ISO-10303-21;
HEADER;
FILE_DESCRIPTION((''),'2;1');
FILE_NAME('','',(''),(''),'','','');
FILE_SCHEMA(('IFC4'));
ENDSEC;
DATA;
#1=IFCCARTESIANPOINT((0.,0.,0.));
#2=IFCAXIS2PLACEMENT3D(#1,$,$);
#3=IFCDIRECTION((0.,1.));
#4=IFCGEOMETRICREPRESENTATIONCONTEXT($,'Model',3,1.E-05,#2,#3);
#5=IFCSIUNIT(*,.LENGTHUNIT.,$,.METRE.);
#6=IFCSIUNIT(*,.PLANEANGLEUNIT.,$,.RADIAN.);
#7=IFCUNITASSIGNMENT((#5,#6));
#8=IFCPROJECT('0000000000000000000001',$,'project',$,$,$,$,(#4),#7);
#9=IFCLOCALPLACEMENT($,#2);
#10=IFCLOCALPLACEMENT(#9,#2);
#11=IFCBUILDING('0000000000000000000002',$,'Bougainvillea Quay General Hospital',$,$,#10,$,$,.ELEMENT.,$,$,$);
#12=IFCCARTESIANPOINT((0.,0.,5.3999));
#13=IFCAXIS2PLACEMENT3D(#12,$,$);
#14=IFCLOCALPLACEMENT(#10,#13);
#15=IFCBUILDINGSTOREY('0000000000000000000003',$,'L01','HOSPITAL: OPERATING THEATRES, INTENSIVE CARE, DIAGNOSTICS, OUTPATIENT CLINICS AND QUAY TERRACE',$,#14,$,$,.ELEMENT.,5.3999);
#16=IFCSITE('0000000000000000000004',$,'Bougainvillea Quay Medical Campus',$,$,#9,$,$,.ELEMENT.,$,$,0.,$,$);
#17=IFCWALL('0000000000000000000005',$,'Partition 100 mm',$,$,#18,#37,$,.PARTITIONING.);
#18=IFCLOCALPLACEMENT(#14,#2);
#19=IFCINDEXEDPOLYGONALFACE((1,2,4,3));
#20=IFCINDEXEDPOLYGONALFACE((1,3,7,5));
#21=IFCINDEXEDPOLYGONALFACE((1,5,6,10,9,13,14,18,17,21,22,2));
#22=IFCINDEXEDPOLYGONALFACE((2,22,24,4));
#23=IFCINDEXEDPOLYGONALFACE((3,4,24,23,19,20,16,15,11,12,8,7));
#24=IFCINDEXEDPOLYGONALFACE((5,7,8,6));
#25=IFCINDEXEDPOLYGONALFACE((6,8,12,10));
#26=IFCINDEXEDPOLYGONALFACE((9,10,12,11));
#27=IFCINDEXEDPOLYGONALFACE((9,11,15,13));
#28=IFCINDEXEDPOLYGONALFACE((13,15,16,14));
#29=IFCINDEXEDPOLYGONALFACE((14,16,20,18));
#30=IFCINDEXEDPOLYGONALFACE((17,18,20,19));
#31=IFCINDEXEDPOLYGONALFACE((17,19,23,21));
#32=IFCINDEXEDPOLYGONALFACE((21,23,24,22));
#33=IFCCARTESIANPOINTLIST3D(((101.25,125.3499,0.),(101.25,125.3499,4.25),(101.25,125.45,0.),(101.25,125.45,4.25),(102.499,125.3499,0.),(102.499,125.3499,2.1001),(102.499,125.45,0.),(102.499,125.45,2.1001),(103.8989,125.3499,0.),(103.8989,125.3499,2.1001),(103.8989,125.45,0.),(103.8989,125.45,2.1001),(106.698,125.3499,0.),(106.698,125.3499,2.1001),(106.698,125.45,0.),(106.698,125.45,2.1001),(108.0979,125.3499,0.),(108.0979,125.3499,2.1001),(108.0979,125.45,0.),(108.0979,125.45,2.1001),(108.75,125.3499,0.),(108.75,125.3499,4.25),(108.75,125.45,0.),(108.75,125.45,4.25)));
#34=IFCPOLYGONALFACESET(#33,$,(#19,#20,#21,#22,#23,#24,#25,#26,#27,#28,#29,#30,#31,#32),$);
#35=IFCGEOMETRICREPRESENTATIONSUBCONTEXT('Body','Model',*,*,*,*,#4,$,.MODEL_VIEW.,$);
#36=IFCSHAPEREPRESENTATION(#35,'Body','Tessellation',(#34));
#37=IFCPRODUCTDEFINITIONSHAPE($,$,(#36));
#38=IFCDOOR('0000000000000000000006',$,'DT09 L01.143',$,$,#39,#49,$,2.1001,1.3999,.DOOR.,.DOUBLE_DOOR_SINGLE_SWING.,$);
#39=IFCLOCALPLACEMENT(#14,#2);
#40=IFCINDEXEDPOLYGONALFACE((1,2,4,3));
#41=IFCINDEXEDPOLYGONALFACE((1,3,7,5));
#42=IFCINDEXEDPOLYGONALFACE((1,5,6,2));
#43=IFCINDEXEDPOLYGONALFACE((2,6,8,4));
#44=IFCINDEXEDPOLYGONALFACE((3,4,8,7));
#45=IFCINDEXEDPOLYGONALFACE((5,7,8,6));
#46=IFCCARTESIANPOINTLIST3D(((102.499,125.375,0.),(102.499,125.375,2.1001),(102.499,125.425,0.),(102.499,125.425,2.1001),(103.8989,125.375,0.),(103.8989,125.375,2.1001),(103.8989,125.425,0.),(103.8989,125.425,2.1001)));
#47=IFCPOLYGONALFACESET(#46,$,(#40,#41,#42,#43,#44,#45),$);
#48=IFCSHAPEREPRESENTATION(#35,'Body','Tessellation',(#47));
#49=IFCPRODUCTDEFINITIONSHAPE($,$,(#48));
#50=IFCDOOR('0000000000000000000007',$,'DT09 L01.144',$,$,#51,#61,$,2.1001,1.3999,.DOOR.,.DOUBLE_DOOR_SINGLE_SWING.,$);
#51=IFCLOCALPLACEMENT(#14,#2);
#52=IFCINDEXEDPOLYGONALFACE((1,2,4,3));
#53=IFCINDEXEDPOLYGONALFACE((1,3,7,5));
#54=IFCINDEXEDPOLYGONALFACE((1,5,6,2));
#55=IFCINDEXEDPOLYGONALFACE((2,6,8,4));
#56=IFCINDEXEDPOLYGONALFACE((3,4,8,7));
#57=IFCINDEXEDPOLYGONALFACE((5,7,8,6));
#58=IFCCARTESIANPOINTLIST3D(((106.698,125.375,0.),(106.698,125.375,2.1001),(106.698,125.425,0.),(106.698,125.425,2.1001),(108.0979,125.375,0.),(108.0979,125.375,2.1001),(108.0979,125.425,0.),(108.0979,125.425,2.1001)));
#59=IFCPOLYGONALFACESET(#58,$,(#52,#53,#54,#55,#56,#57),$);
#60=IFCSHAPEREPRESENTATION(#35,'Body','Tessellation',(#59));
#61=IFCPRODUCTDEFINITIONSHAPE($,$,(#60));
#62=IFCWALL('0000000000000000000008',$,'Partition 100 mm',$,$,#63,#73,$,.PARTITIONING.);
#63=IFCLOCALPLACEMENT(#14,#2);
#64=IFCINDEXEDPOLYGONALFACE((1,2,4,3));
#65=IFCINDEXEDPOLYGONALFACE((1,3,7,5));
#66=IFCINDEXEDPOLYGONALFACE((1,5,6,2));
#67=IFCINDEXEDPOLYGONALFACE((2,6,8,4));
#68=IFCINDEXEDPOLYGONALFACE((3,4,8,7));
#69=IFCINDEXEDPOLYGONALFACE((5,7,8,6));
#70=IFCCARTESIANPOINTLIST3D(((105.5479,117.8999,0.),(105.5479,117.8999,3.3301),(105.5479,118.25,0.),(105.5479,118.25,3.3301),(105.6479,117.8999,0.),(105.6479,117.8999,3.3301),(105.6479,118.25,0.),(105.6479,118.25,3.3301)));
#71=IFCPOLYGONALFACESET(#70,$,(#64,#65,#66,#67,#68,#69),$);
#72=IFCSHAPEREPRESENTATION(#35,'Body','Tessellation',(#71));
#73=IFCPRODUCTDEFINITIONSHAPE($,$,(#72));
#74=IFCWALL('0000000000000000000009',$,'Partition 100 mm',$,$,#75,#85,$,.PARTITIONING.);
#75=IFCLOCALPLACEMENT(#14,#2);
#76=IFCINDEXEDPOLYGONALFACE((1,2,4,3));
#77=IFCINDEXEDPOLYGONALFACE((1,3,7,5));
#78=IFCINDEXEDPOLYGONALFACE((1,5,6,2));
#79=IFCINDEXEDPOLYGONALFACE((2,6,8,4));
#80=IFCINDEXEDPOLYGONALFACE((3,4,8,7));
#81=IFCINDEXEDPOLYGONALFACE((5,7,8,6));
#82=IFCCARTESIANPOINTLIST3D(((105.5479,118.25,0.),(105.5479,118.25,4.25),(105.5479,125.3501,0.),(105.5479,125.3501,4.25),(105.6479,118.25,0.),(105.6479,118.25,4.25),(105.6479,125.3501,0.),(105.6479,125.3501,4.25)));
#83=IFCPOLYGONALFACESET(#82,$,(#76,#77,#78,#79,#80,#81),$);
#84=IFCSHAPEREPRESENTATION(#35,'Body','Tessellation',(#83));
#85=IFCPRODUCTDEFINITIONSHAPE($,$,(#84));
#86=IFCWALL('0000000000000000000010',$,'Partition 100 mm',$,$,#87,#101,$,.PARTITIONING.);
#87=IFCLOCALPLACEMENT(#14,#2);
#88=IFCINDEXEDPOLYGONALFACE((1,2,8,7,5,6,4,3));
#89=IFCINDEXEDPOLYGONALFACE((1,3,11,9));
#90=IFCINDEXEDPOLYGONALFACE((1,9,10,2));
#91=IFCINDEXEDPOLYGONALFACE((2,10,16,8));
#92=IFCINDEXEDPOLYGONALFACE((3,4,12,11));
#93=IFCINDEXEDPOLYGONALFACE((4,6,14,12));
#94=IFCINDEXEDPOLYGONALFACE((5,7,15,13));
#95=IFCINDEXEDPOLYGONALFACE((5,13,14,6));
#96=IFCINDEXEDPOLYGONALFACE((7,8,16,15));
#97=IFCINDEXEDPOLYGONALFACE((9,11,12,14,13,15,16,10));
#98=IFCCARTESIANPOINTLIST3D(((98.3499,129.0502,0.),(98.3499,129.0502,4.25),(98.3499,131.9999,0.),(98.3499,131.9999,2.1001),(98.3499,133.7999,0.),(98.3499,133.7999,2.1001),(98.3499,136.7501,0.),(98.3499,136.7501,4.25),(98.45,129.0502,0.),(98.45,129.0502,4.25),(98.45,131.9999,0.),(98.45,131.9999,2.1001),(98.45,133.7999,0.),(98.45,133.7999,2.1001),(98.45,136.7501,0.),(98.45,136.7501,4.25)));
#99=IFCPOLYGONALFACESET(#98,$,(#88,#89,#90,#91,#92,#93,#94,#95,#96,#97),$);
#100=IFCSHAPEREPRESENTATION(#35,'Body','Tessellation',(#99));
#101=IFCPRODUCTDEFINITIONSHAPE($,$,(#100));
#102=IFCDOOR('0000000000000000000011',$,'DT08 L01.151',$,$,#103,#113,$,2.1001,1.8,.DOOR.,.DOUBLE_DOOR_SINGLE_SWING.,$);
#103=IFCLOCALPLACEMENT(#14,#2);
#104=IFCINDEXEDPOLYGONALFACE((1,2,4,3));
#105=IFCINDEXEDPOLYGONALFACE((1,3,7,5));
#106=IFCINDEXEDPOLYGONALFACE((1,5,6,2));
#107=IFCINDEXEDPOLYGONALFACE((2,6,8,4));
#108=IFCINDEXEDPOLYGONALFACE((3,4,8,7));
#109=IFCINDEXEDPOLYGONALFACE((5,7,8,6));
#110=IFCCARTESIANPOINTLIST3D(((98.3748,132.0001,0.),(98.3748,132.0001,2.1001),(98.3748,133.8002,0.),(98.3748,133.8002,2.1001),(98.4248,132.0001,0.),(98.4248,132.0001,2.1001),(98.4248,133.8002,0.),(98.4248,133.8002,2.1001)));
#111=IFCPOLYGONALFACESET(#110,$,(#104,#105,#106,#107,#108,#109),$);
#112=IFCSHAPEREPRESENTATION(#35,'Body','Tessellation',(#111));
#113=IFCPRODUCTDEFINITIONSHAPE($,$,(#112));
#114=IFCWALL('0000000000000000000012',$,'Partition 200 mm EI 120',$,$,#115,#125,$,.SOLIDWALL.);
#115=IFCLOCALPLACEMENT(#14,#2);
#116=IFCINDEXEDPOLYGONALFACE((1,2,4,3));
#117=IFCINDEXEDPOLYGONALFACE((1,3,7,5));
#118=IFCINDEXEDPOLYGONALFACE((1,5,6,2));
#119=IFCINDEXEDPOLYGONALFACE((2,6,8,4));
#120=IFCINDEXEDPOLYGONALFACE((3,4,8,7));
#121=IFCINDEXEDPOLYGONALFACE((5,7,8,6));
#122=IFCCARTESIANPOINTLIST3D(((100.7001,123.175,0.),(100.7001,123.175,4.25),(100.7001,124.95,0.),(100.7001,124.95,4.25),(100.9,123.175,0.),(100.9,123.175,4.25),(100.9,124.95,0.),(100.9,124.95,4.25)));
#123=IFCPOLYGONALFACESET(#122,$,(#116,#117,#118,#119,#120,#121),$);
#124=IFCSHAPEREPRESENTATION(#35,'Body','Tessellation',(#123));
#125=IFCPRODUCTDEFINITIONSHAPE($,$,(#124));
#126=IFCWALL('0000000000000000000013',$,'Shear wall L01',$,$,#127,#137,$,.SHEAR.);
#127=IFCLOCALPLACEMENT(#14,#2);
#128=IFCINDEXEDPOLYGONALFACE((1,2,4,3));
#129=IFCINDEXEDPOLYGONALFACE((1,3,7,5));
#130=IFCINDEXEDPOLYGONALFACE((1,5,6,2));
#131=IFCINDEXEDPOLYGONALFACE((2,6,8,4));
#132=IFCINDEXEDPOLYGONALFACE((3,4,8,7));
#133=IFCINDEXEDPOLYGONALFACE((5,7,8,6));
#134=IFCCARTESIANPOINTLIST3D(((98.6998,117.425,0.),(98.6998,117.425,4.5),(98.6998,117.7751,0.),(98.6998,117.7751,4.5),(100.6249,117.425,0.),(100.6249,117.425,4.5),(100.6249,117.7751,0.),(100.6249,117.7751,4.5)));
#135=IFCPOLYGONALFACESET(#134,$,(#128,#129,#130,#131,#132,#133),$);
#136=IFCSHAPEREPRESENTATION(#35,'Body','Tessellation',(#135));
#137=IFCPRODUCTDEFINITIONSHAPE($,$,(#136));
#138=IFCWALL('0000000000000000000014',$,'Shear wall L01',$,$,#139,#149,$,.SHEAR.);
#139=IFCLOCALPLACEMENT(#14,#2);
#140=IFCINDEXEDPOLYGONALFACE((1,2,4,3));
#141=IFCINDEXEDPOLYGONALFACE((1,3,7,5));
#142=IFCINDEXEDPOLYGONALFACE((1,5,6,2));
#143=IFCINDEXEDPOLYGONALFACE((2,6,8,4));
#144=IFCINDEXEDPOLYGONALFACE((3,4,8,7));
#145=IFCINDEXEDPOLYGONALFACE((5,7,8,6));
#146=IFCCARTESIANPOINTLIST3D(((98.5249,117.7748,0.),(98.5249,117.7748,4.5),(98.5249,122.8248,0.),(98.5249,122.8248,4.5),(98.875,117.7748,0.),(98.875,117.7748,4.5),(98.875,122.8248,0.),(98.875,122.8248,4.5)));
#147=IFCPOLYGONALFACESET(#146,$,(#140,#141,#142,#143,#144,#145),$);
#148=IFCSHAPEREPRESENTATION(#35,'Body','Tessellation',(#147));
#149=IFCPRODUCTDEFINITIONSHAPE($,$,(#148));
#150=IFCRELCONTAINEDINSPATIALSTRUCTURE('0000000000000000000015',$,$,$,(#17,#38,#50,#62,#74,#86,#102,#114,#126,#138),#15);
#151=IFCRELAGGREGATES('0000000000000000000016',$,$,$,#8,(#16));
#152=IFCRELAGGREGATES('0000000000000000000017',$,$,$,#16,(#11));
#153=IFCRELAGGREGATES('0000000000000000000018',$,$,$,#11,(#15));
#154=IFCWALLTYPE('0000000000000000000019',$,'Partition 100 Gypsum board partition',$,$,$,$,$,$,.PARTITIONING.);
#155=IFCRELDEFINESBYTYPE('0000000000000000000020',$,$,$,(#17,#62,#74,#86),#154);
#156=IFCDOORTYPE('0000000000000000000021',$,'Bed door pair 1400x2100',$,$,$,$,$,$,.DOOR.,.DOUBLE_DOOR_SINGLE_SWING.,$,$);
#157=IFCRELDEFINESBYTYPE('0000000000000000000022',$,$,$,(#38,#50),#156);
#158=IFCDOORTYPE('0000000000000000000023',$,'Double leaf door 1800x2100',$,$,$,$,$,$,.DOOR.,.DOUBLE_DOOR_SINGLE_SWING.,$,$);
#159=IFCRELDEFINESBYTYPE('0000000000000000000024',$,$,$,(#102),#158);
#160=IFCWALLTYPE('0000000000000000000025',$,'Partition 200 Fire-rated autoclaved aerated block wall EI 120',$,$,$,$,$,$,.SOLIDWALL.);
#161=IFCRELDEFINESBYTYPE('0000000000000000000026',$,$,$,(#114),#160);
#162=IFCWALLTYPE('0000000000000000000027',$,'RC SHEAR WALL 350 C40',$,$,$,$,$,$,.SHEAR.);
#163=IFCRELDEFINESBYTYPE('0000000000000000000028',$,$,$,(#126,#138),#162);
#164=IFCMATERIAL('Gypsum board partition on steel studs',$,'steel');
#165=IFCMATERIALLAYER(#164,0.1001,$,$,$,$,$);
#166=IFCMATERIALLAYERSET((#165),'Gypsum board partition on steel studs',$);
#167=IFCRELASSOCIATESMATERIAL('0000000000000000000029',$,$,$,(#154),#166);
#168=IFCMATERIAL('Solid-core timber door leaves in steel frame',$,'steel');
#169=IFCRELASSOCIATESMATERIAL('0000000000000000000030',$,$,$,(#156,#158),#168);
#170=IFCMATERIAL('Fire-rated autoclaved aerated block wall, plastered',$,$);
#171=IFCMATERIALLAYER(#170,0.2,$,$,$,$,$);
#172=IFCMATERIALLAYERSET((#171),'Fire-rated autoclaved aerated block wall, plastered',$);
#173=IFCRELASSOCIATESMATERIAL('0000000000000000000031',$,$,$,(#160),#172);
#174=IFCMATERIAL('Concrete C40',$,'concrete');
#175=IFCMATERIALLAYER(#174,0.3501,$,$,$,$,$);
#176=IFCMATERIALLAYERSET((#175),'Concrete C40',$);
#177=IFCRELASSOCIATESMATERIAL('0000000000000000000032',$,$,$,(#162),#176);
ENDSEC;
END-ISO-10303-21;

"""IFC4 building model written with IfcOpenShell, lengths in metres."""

from ifc_helpers import new_model, si_unit, direction, frame, frame_2d, origin, place, context, subcontext, project, spatial, rectangle, extrude, material, layer, layer_set, type_object, element, fill, save


model = new_model("IFC4")

# Units and contexts
model_context = context("Model", 3, precision=1e-05, world=origin(), true_north=direction((0.0, 1.0)))
body_context = subcontext(model_context, "Body", "Model", "MODEL_VIEW")
ifc_project = project(units=[si_unit("LENGTHUNIT", "METRE"), si_unit("PLANEANGLEUNIT", "RADIAN")], contexts=[model_context])

# Site, building, storey
site_placement = place(None, origin())
site = spatial("IfcSite", under=ifc_project, at=site_placement, Name="Bougainvillea Quay Medical Campus", CompositionType="ELEMENT", RefElevation=0.0)
building_placement = place(site_placement, origin())
building = spatial("IfcBuilding", under=site, at=building_placement, Name="Bougainvillea Quay General Hospital", CompositionType="ELEMENT")
storey_placement = place(building_placement, frame((0.0, 0.0, 5.3999)))
storey = spatial("IfcBuildingStorey", under=building, at=storey_placement, Name="L01", Description="HOSPITAL: OPERATING THEATRES, INTENSIVE CARE, DIAGNOSTICS, OUTPATIENT CLINICS AND QUAY TERRACE", CompositionType="ELEMENT", Elevation=5.3999)

# Shared definitions
ifc_material_1 = material(Name="Concrete C40", Category="concrete")

# Shared definitions
ifc_material_2 = material(Name="Gypsum board partition on steel studs", Category="steel")
ifc_layer_1 = layer(ifc_material_2, 0.1001)
ifc_layer_set_1 = layer_set([ifc_layer_1], Name="Gypsum board partition on steel studs")
wall_type_1 = type_object("IfcWallType", Name="Partition 100 Gypsum board partition", PredefinedType="PARTITIONING", material=ifc_layer_set_1)

# Wall, openings, doors
wall_1_placement = place(storey_placement, frame((101.25, 125.3999, 0.0), z_axis=(0.0, 0.0, 1.0), x_axis=(1.0, 0.0, 0.0)))
wall_1 = element("IfcWall", 1, at=wall_1_placement, inside=storey, type_object=wall_type_1, Name="Partition 100 mm", PredefinedType="PARTITIONING", context=body_context, shape_type="SweptSolid", body=[
    extrude(rectangle(XDim=7.5, YDim=0.1001, at=frame_2d((3.75, 0.0))), origin(), (0.0, 0.0, 1.0), 4.25),
])
opening_1_placement = place(wall_1_placement, frame((1.249, 0.0, 0.0)))
opening_1 = element("IfcOpeningElement", 2, at=opening_1_placement, cuts=wall_1, PredefinedType="OPENING", context=body_context, shape_type="SweptSolid", body=[
    extrude(rectangle(XDim=1.3999, YDim=2.1001, at=frame_2d((0.7, 1.05))), frame((0.0, 0.0601, 0.0), z_axis=(0.0, -1.0, 0.0), x_axis=(1.0, 0.0, 0.0)), (0.0, 0.0, 1.0), 0.1201),
])
opening_2_placement = place(wall_1_placement, frame((5.448, 0.0, 0.0)))
opening_2 = element("IfcOpeningElement", 3, at=opening_2_placement, cuts=wall_1, PredefinedType="OPENING", context=body_context, shape_type="SweptSolid", body=[
    extrude(rectangle(XDim=1.3999, YDim=2.1001, at=frame_2d((0.7, 1.05))), frame((0.0, 0.0601, 0.0), z_axis=(0.0, -1.0, 0.0), x_axis=(1.0, 0.0, 0.0)), (0.0, 0.0, 1.0), 0.1201),
])
ifc_material_3 = material(Name="Solid-core timber door leaves in steel frame", Category="steel")
door_type_1 = type_object("IfcDoorType", Name="Bed door pair 1400x2100", OperationType="DOUBLE_DOOR_SINGLE_SWING", PredefinedType="DOOR", material=ifc_material_3)
door_1_placement = place(opening_1_placement, frame((1.3999, 0.0, 0.0), z_axis=(0.0, 0.0, 1.0), x_axis=(-1.0, 0.0, 0.0)))
door_1 = element("IfcDoor", 4, at=door_1_placement, inside=storey, type_object=door_type_1, Name="DT09 L01.143", OperationType="DOUBLE_DOOR_SINGLE_SWING", OverallHeight=2.1001, OverallWidth=1.3999, PredefinedType="DOOR", context=body_context, shape_type="SweptSolid", body=[
    extrude(rectangle(XDim=1.3999, YDim=2.1001, at=frame_2d((0.7, 1.05))), frame((0.0, 0.0249, 0.0), z_axis=(0.0, -1.0, 0.0), x_axis=(1.0, 0.0, 0.0)), (0.0, 0.0, 1.0), 0.05),
])
fill(opening_1, door_1)
door_2_placement = place(opening_2_placement, frame((1.3999, 0.0, 0.0), z_axis=(0.0, 0.0, 1.0), x_axis=(-1.0, 0.0, 0.0)))
door_2 = element("IfcDoor", 5, at=door_2_placement, inside=storey, type_object=door_type_1, Name="DT09 L01.144", OperationType="DOUBLE_DOOR_SINGLE_SWING", OverallHeight=2.1001, OverallWidth=1.3999, PredefinedType="DOOR", context=body_context, shape_type="SweptSolid", body=[
    extrude(rectangle(XDim=1.3999, YDim=2.1001, at=frame_2d((0.7, 1.05))), frame((0.0, 0.0249, 0.0), z_axis=(0.0, -1.0, 0.0), x_axis=(1.0, 0.0, 0.0)), (0.0, 0.0, 1.0), 0.05),
])
fill(opening_2, door_2)

# Walls
wall_2_placement = place(storey_placement, frame((105.5979, 117.8999, 0.0), z_axis=(0.0, 0.0, 1.0), x_axis=(0.0, 1.0, 0.0)))
element("IfcWall", 6, at=wall_2_placement, inside=storey, type_object=wall_type_1, Name="Partition 100 mm", PredefinedType="PARTITIONING", context=body_context, shape_type="SweptSolid", body=[
    extrude(rectangle(XDim=0.3501, YDim=0.1001, at=frame_2d((0.175, 0.0))), origin(), (0.0, 0.0, 1.0), 3.3301),
])
wall_3_placement = place(storey_placement, frame((105.5979, 118.25, 0.0), z_axis=(0.0, 0.0, 1.0), x_axis=(0.0, 1.0, 0.0)))
element("IfcWall", 7, at=wall_3_placement, inside=storey, type_object=wall_type_1, Name="Partition 100 mm", PredefinedType="PARTITIONING", context=body_context, shape_type="SweptSolid", body=[
    extrude(rectangle(XDim=7.1001, YDim=0.1001, at=frame_2d((3.55, 0.0))), origin(), (0.0, 0.0, 1.0), 4.25),
])

# Wall, opening, door
wall_4_placement = place(storey_placement, frame((98.3999, 129.05, 0.0), z_axis=(0.0, 0.0, 1.0), x_axis=(0.0, 1.0, 0.0)))
wall_4 = element("IfcWall", 8, at=wall_4_placement, inside=storey, type_object=wall_type_1, Name="Partition 100 mm", PredefinedType="PARTITIONING", context=body_context, shape_type="SweptSolid", body=[
    extrude(rectangle(XDim=7.7, YDim=0.1001, at=frame_2d((3.8501, 0.0))), origin(), (0.0, 0.0, 1.0), 4.25),
])
opening_3_placement = place(wall_4_placement, frame((2.95, 0.0, 0.0)))
opening_3 = element("IfcOpeningElement", 9, at=opening_3_placement, cuts=wall_4, PredefinedType="OPENING", context=body_context, shape_type="SweptSolid", body=[
    extrude(rectangle(XDim=1.8, YDim=2.1001, at=frame_2d((0.8999, 1.05))), frame((0.0, 0.0601, 0.0), z_axis=(0.0, -1.0, 0.0), x_axis=(1.0, 0.0, 0.0)), (0.0, 0.0, 1.0), 0.1201),
])
door_type_2 = type_object("IfcDoorType", Name="Double leaf door 1800x2100", OperationType="DOUBLE_DOOR_SINGLE_SWING", PredefinedType="DOOR", material=ifc_material_3)
door_3_placement = place(opening_3_placement, frame((1.8, 0.0, 0.0), z_axis=(0.0, 0.0, 1.0), x_axis=(-1.0, 0.0, 0.0)))
door_3 = element("IfcDoor", 10, at=door_3_placement, inside=storey, type_object=door_type_2, Name="DT08 L01.151", OperationType="DOUBLE_DOOR_SINGLE_SWING", OverallHeight=2.1001, OverallWidth=1.8, PredefinedType="DOOR", context=body_context, shape_type="SweptSolid", body=[
    extrude(rectangle(XDim=1.8, YDim=2.1001, at=frame_2d((0.8999, 1.05))), frame((0.0, 0.0249, 0.0), z_axis=(0.0, -1.0, 0.0), x_axis=(1.0, 0.0, 0.0)), (0.0, 0.0, 1.0), 0.05),
])
fill(opening_3, door_3)

# Walls
ifc_material_4 = material(Name="Fire-rated autoclaved aerated block wall, plastered")
ifc_layer_2 = layer(ifc_material_4, 0.2)
ifc_layer_set_2 = layer_set([ifc_layer_2], Name="Fire-rated autoclaved aerated block wall, plastered")
wall_type_2 = type_object("IfcWallType", Name="Partition 200 Fire-rated autoclaved aerated block wall EI 120", PredefinedType="SOLIDWALL", material=ifc_layer_set_2)
wall_5_placement = place(storey_placement, frame((100.8, 123.175, 0.0), z_axis=(0.0, 0.0, 1.0), x_axis=(0.0, 1.0, 0.0)))
element("IfcWall", 11, at=wall_5_placement, inside=storey, type_object=wall_type_2, Name="Partition 200 mm EI 120", PredefinedType="SOLIDWALL", context=body_context, shape_type="SweptSolid", body=[
    extrude(rectangle(XDim=1.7749, YDim=0.2, at=frame_2d((0.8875, 0.0))), origin(), (0.0, 0.0, 1.0), 4.25),
])
ifc_layer_3 = layer(ifc_material_1, 0.3501)
ifc_layer_set_3 = layer_set([ifc_layer_3], Name="Concrete C40")
wall_type_3 = type_object("IfcWallType", Name="RC SHEAR WALL 350 C40", PredefinedType="SHEAR", material=ifc_layer_set_3)
wall_6_placement = place(storey_placement, frame((98.7, 117.6001, 0.0), z_axis=(0.0, 0.0, 1.0), x_axis=(1.0, 0.0, 0.0)))
element("IfcWall", 12, at=wall_6_placement, inside=storey, type_object=wall_type_3, Name="Shear wall L01", PredefinedType="SHEAR", context=body_context, shape_type="SweptSolid", body=[
    extrude(rectangle(XDim=1.925, YDim=0.3501, at=frame_2d((0.9624, 0.0))), origin(), (0.0, 0.0, 1.0), 4.5),
])
wall_7_placement = place(storey_placement, frame((98.7, 117.7749, 0.0), z_axis=(0.0, 0.0, 1.0), x_axis=(0.0, 1.0, 0.0)))
element("IfcWall", 13, at=wall_7_placement, inside=storey, type_object=wall_type_3, Name="Shear wall L01", PredefinedType="SHEAR", context=body_context, shape_type="SweptSolid", body=[
    extrude(rectangle(XDim=5.05, YDim=0.3501, at=frame_2d((2.5249, 0.0))), origin(), (0.0, 0.0, 1.0), 4.5),
])

save(model, "model.ifc")
